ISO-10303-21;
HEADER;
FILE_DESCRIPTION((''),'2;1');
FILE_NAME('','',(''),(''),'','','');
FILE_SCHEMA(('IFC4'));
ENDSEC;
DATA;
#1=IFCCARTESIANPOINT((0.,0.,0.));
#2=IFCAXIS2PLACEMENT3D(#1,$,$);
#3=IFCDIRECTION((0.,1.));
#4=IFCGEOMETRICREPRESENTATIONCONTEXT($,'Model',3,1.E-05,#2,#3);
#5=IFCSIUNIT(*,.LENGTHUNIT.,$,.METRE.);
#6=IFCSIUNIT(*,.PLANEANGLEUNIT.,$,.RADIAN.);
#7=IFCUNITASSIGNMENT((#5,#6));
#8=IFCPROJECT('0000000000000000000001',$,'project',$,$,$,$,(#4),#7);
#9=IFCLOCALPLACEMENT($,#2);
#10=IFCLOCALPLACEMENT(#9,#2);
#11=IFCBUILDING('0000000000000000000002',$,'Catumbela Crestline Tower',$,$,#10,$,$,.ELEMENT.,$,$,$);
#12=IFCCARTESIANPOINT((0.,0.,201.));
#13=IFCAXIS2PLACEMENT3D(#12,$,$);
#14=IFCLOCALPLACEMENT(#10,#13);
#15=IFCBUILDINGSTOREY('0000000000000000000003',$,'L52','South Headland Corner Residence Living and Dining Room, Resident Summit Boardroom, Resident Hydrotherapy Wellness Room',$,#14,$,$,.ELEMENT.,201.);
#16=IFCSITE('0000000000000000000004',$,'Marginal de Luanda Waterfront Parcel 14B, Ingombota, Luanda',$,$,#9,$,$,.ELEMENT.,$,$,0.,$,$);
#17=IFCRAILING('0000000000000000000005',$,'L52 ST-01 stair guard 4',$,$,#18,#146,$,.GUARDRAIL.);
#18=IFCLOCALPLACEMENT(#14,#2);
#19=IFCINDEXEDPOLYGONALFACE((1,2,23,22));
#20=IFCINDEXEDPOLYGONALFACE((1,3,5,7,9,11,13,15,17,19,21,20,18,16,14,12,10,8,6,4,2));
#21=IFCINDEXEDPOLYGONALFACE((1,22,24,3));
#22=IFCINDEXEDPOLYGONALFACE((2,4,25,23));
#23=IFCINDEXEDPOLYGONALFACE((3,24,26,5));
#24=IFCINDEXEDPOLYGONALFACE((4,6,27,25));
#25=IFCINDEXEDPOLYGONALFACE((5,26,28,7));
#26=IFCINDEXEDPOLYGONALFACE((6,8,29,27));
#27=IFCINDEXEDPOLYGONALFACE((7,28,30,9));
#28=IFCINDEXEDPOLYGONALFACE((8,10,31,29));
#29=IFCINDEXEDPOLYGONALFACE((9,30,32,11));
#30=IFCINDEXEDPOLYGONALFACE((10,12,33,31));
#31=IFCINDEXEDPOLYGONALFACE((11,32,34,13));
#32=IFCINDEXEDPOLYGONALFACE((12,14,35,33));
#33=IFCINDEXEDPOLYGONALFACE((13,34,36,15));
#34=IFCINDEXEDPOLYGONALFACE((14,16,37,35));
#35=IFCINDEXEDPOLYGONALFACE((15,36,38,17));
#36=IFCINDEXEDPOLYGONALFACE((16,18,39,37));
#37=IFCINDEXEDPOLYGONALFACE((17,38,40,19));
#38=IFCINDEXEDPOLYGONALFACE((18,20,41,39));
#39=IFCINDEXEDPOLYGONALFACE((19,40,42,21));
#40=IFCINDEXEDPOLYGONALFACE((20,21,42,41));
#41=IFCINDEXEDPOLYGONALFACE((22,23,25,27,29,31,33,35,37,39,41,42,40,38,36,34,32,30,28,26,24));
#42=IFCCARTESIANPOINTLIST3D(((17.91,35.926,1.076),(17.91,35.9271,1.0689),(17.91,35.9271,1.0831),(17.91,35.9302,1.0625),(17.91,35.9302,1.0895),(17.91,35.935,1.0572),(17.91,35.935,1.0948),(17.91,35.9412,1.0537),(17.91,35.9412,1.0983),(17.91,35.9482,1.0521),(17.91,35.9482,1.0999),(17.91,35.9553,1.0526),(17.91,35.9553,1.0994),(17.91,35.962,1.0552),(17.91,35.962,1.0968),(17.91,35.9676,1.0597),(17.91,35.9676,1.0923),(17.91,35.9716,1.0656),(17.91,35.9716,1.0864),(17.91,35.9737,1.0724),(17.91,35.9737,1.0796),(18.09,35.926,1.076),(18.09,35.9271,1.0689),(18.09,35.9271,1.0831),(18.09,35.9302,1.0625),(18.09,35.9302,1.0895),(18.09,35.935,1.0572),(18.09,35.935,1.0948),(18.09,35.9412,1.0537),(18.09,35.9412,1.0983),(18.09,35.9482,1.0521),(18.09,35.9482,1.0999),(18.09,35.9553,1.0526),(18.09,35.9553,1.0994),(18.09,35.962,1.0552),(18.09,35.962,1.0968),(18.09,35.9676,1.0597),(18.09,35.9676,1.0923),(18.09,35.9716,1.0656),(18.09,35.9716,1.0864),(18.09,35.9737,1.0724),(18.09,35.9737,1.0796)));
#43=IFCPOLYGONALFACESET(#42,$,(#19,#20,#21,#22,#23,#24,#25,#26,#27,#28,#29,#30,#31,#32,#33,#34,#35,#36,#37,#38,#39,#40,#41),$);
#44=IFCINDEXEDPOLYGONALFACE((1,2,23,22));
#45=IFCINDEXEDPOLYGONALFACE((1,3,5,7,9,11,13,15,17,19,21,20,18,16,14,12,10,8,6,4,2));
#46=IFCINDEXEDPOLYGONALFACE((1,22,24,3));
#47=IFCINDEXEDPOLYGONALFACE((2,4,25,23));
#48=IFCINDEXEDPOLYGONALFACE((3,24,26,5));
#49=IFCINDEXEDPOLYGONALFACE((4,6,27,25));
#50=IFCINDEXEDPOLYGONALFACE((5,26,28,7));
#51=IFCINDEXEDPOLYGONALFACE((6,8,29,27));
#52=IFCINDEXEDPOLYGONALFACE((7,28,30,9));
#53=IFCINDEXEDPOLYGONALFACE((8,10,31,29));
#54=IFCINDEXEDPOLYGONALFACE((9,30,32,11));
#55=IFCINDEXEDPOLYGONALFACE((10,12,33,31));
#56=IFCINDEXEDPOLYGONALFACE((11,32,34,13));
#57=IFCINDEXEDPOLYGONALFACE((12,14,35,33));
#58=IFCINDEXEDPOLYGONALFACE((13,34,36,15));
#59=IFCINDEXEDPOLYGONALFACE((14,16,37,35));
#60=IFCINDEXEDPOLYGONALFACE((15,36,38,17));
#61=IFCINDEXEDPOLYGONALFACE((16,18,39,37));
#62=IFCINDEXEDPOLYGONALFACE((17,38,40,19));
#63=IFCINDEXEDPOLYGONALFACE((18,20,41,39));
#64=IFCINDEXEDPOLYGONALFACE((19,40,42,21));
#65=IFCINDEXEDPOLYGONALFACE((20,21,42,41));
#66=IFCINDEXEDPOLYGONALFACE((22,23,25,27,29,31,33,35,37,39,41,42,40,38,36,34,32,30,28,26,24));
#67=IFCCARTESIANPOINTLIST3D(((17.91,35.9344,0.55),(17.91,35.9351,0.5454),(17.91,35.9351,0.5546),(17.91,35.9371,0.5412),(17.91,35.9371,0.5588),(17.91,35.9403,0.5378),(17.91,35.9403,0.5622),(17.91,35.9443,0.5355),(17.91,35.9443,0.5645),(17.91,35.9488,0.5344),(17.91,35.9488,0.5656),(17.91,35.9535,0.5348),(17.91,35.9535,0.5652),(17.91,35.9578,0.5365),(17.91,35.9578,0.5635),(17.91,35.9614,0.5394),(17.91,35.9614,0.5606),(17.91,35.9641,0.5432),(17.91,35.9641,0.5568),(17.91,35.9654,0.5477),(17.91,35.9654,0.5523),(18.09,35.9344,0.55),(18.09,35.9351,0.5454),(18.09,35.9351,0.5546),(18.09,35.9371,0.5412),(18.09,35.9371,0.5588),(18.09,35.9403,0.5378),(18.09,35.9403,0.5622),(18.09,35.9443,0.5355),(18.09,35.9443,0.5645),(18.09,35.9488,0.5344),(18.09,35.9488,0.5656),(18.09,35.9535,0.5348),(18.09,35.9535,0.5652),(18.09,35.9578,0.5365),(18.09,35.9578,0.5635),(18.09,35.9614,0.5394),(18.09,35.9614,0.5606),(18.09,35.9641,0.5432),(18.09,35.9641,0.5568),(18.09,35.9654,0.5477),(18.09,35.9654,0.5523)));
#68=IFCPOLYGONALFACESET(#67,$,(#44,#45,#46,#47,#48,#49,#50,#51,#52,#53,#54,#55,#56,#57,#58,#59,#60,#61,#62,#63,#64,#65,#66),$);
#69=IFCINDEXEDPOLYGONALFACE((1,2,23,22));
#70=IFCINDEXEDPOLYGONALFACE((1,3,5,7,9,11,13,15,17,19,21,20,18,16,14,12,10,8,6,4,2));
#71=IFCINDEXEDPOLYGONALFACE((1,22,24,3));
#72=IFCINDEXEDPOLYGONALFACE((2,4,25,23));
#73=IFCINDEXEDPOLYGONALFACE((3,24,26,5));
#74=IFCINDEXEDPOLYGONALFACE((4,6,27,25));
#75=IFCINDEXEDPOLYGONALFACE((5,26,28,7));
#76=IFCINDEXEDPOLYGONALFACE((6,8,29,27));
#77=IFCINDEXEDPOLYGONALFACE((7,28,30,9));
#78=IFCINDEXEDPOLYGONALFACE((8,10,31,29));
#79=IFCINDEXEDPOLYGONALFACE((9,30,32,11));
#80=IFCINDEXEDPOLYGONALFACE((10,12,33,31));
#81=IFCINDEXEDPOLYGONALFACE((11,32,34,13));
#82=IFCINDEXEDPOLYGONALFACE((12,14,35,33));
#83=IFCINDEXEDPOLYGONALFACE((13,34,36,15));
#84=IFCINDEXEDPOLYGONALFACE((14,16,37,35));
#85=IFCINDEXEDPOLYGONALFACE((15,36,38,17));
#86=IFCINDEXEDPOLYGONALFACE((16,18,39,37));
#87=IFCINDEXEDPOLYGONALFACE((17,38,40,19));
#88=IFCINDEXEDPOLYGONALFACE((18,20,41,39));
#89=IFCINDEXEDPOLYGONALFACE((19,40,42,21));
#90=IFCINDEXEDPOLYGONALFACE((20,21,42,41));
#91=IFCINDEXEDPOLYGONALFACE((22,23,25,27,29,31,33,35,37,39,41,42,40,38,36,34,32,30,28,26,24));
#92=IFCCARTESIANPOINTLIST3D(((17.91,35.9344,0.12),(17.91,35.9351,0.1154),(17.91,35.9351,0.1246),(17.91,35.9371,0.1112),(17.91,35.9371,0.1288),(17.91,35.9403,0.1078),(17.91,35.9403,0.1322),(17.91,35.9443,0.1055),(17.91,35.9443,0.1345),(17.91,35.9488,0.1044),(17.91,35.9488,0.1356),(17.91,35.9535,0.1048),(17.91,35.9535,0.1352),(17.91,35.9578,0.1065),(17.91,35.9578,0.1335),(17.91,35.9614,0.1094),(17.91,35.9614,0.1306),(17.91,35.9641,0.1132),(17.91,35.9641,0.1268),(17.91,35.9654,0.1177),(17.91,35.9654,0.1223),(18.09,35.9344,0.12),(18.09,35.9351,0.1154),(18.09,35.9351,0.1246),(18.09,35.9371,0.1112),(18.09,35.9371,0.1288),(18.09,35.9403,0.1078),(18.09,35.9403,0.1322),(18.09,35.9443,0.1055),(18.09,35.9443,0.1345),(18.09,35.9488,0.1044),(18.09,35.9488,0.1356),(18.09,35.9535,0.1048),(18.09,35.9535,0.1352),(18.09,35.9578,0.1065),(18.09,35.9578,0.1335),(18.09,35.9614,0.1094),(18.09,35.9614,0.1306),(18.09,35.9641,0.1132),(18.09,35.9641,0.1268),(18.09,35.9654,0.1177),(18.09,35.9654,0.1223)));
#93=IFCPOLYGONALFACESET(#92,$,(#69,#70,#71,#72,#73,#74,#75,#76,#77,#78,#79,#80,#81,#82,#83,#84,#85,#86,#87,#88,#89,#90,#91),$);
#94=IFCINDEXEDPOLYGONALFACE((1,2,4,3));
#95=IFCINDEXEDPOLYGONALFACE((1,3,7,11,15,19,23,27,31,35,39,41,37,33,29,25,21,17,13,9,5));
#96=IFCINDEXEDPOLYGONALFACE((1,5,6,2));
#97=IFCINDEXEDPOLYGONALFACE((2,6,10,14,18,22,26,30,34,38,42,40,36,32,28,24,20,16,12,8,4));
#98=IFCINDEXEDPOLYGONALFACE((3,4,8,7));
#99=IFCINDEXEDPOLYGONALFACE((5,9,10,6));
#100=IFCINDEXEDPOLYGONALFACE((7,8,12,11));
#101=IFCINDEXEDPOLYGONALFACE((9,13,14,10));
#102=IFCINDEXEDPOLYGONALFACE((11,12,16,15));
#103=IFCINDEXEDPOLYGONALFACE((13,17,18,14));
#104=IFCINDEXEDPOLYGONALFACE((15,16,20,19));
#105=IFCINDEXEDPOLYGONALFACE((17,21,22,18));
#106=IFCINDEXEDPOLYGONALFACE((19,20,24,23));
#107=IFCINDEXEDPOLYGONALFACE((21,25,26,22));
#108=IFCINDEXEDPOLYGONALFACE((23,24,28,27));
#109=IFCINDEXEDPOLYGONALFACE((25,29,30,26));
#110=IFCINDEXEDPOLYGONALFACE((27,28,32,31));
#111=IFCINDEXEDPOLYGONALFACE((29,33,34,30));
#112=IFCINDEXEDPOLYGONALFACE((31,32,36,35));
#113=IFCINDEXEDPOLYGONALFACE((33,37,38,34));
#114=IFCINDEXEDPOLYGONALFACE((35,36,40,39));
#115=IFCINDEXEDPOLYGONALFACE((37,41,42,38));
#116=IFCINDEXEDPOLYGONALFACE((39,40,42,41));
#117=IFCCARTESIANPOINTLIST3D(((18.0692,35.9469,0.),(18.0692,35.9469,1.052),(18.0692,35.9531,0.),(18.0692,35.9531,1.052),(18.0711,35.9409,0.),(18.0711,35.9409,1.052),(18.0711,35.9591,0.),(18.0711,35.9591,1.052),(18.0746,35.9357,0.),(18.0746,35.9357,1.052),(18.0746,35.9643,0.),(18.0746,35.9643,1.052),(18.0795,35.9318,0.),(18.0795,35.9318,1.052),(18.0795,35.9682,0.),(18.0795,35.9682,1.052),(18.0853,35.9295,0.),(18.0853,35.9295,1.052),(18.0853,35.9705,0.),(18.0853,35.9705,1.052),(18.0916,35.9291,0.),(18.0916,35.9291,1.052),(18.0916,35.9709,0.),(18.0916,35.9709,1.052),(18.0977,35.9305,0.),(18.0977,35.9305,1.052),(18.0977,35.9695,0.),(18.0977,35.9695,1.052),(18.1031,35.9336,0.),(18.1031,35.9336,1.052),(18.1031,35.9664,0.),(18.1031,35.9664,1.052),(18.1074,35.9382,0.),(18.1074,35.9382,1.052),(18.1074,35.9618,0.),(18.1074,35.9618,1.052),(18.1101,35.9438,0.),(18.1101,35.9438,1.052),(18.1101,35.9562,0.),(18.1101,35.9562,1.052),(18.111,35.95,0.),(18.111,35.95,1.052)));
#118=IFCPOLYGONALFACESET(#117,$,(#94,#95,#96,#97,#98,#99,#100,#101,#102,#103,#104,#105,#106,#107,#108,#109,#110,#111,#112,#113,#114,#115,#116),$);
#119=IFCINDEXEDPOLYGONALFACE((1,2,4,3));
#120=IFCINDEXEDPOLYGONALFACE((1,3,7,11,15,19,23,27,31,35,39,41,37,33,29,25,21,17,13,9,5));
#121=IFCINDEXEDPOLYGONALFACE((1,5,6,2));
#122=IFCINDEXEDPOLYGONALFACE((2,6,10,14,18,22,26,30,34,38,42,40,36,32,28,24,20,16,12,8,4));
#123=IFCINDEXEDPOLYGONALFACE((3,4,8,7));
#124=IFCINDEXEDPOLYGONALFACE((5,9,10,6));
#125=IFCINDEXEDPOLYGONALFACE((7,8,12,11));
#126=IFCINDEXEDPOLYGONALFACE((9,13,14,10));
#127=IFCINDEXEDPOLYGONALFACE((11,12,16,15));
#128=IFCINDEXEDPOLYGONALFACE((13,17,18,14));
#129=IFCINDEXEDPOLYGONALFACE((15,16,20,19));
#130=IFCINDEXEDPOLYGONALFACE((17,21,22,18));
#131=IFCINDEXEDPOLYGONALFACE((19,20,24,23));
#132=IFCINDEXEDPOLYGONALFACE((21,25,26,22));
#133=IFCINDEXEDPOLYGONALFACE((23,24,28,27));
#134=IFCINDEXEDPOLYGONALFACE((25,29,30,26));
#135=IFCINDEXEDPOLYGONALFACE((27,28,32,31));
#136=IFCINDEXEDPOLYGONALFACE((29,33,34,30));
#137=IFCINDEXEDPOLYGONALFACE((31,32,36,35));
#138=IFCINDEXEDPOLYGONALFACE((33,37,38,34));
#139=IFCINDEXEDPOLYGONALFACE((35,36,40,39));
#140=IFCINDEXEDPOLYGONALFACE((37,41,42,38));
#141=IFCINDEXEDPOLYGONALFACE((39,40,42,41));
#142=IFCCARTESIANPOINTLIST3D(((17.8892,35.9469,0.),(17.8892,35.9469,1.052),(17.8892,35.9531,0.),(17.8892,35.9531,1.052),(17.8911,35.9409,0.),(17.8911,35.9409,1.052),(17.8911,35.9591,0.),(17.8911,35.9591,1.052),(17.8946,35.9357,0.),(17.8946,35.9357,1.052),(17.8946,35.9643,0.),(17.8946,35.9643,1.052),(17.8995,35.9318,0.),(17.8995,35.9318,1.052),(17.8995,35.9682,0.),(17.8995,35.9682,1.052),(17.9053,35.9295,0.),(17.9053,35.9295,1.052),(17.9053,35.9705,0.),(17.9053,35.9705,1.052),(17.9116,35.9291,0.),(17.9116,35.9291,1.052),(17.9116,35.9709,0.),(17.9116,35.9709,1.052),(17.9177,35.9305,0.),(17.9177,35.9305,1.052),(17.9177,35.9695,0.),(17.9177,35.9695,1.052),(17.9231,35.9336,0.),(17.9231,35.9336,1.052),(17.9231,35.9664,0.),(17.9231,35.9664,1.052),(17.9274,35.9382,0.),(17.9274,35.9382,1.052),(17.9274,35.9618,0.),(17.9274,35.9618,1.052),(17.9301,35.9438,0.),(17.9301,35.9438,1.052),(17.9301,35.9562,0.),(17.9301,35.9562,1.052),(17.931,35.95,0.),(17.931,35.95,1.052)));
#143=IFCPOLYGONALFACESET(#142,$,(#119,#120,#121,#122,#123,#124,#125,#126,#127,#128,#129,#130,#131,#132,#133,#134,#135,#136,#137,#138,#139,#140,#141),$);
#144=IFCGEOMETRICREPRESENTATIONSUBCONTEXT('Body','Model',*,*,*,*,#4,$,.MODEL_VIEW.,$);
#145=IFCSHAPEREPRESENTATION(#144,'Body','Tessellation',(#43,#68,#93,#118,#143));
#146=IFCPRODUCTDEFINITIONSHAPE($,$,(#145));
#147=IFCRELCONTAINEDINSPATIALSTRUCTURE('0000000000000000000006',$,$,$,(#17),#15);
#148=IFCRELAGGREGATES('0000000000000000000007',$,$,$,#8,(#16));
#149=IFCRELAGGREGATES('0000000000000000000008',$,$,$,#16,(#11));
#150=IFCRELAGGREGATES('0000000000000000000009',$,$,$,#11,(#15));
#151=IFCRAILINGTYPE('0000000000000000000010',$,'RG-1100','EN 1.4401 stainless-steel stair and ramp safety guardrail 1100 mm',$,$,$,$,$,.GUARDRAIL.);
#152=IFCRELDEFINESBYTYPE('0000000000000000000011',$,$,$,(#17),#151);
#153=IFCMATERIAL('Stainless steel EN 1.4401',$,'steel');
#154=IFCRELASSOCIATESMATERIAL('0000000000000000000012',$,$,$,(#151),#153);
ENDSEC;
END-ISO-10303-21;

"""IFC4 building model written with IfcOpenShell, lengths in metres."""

from ifc_helpers import new_model, si_unit, direction, frame, origin, origin_2d, place, context, subcontext, project, spatial, circle, extrude, material, type_object, element, save


model = new_model("IFC4")

# Units and contexts
model_context = context("Model", 3, precision=1e-05, world=origin(), true_north=direction((0.0, 1.0)))
body_context = subcontext(model_context, "Body", "Model", "MODEL_VIEW")
ifc_project = project(units=[si_unit("LENGTHUNIT", "METRE"), si_unit("PLANEANGLEUNIT", "RADIAN")], contexts=[model_context])

# Site, building, storey
site_placement = place(None, origin())
site = spatial("IfcSite", under=ifc_project, at=site_placement, Name="Marginal de Luanda Waterfront Parcel 14B, Ingombota, Luanda", CompositionType="ELEMENT", RefElevation=0.0)
building_placement = place(site_placement, origin())
building = spatial("IfcBuilding", under=site, at=building_placement, Name="Catumbela Crestline Tower", CompositionType="ELEMENT")
storey_placement = place(building_placement, frame((0.0, 0.0, 201.0)))
storey = spatial("IfcBuildingStorey", under=building, at=storey_placement, Name="L52", Description="South Headland Corner Residence Living and Dining Room, Resident Summit Boardroom, Resident Hydrotherapy Wellness Room", CompositionType="ELEMENT", Elevation=201.0)

# Shared definitions
ifc_material_1 = material(Name="Stainless steel EN 1.4401", Category="steel")

# Railing
railing_type_1 = type_object("IfcRailingType", Name="RG-1100", Description="EN 1.4401 stainless-steel stair and ramp safety guardrail 1100 mm", PredefinedType="GUARDRAIL", material=ifc_material_1)
railing_1_placement = place(storey_placement, frame((18.09, 35.95, 0.0)))
element("IfcRailing", 1, at=railing_1_placement, inside=storey, type_object=railing_type_1, Name="L52 ST-01 stair guard 4", PredefinedType="GUARDRAIL", context=body_context, shape_type="SweptSolid", body=[
    extrude(circle(Radius=0.024, at=origin_2d()), frame((0.0, 0.0, 1.076), z_axis=(-1.0, 0.0, 0.0), x_axis=(0.0, -1.0, 0.0)), (0.0, 0.0, 1.0), 0.18),
    extrude(circle(Radius=0.0156, at=origin_2d()), frame((0.0, 0.0, 0.55), z_axis=(-1.0, 0.0, 0.0), x_axis=(0.0, -1.0, 0.0)), (0.0, 0.0, 1.0), 0.18),
    extrude(circle(Radius=0.0156, at=origin_2d()), frame((0.0, 0.0, 0.12), z_axis=(-1.0, 0.0, 0.0), x_axis=(0.0, -1.0, 0.0)), (0.0, 0.0, 1.0), 0.18),
    extrude(circle(Radius=0.021, at=origin_2d()), origin(), (0.0, 0.0, 1.0), 1.052),
    extrude(circle(Radius=0.021, at=origin_2d()), frame((-0.18, 0.0, 0.0)), (0.0, 0.0, 1.0), 1.052),
])

save(model, "model.ifc")
